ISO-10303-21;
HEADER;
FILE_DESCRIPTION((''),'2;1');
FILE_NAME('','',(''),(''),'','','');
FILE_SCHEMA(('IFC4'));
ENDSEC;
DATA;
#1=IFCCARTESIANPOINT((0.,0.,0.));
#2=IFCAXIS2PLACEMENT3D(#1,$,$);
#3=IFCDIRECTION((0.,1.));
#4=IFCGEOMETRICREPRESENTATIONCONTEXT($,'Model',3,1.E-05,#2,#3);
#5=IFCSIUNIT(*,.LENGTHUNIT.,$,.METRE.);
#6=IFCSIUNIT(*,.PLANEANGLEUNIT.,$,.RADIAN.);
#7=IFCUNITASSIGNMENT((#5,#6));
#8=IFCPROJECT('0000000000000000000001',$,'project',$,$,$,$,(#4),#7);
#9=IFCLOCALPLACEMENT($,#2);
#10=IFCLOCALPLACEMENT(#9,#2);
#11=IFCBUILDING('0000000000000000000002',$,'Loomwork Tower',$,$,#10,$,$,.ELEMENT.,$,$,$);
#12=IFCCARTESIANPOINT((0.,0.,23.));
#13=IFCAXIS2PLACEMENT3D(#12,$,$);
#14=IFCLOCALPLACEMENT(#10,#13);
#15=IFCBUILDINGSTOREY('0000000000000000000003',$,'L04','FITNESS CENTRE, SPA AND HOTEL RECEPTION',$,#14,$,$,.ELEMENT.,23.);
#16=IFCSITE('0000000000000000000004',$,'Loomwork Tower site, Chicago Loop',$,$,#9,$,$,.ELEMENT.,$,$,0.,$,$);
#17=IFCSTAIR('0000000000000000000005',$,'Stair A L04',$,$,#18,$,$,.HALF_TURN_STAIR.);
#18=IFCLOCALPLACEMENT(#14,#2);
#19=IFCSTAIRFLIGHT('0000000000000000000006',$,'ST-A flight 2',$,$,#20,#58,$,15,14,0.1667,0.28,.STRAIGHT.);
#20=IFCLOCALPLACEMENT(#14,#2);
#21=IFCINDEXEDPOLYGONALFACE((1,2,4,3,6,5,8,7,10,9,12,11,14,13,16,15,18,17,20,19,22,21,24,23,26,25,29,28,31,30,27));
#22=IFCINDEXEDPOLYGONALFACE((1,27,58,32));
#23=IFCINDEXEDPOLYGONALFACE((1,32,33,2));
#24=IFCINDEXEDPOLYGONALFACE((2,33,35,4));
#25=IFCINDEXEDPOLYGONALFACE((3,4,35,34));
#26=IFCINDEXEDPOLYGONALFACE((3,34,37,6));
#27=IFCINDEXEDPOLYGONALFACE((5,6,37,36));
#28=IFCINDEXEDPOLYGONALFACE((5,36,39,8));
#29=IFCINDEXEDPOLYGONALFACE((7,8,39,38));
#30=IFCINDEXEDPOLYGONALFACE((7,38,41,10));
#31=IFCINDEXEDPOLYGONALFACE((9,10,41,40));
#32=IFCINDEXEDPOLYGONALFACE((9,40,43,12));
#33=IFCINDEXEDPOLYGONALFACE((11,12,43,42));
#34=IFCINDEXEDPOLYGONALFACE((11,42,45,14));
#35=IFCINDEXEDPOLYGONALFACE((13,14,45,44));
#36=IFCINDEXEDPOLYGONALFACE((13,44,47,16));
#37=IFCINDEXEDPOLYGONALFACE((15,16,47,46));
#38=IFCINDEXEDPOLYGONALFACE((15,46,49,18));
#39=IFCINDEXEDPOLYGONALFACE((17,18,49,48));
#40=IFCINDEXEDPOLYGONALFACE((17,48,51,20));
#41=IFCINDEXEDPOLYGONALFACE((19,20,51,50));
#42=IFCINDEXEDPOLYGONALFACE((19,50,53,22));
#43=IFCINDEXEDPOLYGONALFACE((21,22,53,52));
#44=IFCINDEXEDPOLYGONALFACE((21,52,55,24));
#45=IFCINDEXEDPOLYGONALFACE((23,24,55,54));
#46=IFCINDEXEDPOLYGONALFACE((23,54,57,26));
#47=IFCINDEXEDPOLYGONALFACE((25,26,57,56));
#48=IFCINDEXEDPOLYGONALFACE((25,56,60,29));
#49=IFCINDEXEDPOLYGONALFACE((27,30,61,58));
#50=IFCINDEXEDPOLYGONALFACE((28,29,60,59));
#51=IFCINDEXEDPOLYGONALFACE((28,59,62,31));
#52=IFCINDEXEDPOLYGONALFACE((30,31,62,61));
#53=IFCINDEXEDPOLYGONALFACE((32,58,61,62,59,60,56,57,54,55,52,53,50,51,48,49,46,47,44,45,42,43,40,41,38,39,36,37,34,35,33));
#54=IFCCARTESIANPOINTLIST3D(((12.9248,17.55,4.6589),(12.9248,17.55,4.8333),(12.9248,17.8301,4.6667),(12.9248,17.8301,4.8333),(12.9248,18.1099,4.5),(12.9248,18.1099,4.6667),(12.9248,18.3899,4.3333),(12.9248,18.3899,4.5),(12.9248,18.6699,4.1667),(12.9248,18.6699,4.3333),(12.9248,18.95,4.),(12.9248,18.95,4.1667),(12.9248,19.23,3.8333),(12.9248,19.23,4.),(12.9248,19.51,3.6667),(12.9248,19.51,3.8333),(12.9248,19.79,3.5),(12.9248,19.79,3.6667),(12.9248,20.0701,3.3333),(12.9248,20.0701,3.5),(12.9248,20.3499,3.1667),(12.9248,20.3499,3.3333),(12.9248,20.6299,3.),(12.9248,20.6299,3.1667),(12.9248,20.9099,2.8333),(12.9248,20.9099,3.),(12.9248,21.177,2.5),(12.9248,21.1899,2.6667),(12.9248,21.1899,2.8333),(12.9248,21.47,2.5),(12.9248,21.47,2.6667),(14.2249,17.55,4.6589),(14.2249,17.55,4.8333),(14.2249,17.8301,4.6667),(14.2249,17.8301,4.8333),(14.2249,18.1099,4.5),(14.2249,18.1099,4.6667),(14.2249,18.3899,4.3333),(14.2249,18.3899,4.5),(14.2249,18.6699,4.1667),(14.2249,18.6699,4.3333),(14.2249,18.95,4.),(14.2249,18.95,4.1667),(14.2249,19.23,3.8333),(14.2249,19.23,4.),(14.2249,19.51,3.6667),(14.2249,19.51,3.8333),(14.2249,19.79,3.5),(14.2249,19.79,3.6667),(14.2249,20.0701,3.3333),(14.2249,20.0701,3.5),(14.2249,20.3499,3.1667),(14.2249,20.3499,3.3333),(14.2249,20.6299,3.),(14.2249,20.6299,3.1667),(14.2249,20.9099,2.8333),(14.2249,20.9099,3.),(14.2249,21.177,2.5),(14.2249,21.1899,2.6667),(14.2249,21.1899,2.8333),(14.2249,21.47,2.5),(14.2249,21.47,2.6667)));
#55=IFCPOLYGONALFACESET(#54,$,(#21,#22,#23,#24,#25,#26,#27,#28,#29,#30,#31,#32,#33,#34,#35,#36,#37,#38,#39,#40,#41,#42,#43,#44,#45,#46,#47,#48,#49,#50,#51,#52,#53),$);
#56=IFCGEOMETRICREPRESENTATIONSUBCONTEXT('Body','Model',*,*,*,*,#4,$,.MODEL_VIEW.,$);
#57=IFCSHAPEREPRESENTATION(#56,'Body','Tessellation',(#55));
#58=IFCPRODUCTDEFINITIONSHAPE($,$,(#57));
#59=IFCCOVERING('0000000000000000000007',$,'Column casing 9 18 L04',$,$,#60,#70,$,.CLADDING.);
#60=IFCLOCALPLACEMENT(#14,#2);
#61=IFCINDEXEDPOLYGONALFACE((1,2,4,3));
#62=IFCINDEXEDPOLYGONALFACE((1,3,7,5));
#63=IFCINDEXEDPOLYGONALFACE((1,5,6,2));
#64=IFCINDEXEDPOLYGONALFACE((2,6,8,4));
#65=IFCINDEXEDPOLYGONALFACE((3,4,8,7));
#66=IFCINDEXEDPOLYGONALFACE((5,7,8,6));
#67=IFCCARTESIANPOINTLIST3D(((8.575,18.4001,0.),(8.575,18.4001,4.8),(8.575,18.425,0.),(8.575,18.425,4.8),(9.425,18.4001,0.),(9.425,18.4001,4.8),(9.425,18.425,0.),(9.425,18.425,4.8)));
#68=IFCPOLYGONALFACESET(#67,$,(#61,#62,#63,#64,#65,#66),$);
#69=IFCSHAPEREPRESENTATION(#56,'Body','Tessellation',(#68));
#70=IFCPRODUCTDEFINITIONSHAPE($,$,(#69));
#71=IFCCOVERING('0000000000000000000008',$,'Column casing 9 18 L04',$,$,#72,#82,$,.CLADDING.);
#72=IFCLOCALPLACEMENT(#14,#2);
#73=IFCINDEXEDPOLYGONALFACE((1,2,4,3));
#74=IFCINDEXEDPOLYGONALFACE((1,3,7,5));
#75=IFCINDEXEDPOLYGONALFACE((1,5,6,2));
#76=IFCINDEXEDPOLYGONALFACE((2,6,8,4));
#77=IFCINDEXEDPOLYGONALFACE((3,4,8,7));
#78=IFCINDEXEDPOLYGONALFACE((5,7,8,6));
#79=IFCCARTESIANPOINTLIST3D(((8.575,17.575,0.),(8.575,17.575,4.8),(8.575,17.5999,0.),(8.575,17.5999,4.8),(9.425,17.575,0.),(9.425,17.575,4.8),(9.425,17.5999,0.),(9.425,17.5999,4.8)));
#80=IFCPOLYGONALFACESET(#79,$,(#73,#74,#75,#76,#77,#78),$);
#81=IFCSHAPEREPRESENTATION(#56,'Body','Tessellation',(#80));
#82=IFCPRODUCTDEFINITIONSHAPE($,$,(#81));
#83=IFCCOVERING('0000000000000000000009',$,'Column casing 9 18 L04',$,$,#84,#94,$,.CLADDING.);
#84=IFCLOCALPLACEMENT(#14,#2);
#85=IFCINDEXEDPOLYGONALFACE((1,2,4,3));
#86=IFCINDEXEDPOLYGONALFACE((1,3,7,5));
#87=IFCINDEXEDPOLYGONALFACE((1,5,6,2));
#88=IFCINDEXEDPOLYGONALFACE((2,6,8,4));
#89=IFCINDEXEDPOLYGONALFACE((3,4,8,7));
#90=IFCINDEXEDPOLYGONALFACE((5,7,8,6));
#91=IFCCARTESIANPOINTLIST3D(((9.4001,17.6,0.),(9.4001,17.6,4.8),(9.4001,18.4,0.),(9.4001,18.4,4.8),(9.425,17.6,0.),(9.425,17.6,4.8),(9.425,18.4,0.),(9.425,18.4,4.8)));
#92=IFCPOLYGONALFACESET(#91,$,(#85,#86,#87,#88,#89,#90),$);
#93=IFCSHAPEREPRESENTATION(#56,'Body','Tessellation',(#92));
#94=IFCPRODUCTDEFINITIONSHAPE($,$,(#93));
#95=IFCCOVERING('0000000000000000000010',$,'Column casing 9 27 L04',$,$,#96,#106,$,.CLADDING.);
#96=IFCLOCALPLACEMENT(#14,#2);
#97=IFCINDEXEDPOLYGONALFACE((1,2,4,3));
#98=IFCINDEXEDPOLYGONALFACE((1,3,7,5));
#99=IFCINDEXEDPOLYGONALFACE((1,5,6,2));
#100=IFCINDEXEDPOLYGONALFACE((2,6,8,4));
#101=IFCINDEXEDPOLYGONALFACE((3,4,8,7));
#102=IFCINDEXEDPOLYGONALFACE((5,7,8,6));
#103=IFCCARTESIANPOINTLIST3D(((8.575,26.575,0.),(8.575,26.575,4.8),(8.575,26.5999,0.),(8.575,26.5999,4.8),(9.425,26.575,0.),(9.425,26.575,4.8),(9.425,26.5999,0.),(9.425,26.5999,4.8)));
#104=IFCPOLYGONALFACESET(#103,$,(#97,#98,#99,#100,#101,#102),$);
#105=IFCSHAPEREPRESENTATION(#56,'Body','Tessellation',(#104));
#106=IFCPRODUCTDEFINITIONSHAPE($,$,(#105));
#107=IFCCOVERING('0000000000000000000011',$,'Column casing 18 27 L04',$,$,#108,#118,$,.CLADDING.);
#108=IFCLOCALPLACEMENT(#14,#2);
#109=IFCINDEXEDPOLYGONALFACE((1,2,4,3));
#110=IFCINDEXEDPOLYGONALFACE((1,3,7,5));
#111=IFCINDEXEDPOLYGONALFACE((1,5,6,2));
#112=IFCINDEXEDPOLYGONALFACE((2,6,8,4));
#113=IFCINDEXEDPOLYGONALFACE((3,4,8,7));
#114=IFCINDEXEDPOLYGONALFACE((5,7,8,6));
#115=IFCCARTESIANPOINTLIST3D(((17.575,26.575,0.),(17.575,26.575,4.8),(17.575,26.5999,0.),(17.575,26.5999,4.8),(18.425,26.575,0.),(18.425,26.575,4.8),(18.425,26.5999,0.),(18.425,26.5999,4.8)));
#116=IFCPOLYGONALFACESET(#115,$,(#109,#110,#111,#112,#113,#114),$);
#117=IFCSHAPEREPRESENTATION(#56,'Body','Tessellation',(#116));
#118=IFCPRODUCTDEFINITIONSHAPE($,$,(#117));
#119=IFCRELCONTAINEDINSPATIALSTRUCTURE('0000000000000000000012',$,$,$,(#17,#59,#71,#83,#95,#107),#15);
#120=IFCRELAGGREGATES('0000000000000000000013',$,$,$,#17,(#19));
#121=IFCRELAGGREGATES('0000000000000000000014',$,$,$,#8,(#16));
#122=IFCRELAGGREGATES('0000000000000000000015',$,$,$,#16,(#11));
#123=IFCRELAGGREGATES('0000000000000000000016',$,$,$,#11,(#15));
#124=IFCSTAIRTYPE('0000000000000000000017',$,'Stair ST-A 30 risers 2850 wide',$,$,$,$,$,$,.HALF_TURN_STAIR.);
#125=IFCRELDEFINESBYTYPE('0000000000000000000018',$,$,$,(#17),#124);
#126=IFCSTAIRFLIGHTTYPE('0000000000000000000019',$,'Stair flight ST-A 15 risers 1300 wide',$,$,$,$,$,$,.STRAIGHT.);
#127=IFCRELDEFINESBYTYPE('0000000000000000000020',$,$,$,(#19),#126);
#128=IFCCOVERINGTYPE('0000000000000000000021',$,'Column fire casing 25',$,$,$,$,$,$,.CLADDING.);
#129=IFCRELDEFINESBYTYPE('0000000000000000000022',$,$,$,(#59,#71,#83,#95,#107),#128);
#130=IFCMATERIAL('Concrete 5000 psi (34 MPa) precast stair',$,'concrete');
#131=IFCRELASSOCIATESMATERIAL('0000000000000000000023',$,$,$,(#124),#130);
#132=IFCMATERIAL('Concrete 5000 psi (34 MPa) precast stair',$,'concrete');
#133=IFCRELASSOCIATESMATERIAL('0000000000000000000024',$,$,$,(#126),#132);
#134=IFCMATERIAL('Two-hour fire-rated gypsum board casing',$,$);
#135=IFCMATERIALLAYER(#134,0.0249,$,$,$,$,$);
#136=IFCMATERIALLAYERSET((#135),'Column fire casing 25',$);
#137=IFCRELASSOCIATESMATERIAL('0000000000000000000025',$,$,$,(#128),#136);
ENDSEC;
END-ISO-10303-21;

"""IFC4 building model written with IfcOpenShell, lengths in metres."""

from ifc_helpers import new_model, si_unit, direction, frame, origin, origin_2d, place, context, subcontext, project, spatial, polyline, rectangle, outline, extrude, material, layer, layer_set, type_object, element, aggregate, save


model = new_model("IFC4")

# Units and contexts
model_context = context("Model", 3, precision=1e-05, world=origin(), true_north=direction((0.0, 1.0)))
body_context = subcontext(model_context, "Body", "Model", "MODEL_VIEW")
ifc_project = project(units=[si_unit("LENGTHUNIT", "METRE"), si_unit("PLANEANGLEUNIT", "RADIAN")], contexts=[model_context])

# Site, building, storey
site_placement = place(None, origin())
site = spatial("IfcSite", under=ifc_project, at=site_placement, Name="Loomwork Tower site, Chicago Loop", CompositionType="ELEMENT", RefElevation=0.0)
building_placement = place(site_placement, origin())
building = spatial("IfcBuilding", under=site, at=building_placement, Name="Loomwork Tower", CompositionType="ELEMENT")
storey_placement = place(building_placement, frame((0.0, 0.0, 23.0)))
storey = spatial("IfcBuildingStorey", under=building, at=storey_placement, Name="L04", Description="FITNESS CENTRE, SPA AND HOTEL RECEPTION", CompositionType="ELEMENT", Elevation=23.0)

# Stair, stair flight
ifc_material_1 = material(Name="Concrete 5000 psi (34 MPa) precast stair", Category="concrete")
stair_type = type_object("IfcStairType", Name="Stair ST-A 30 risers 2850 wide", PredefinedType="HALF_TURN_STAIR", material=ifc_material_1)
stair_placement = place(storey_placement, origin())
stair = element("IfcStair", 1, at=stair_placement, inside=storey, type_object=stair_type, Name="Stair A L04", PredefinedType="HALF_TURN_STAIR")
ifc_material_2 = material(Name="Concrete 5000 psi (34 MPa) precast stair", Category="concrete")
stair_flight_type = type_object("IfcStairFlightType", Name="Stair flight ST-A 15 risers 1300 wide", PredefinedType="STRAIGHT", material=ifc_material_2)
stair_flight_1_placement = place(storey_placement, frame((13.575, 21.47, 2.5), z_axis=(0.0, 0.0, 1.0), x_axis=(0.0, -1.0, 0.0)))
stair_flight_1 = element("IfcStairFlight", 2, at=stair_flight_1_placement, type_object=stair_flight_type, Name="ST-A flight 2", NumberOfRisers=15, NumberOfTreads=14, PredefinedType="STRAIGHT", RiserHeight=0.1667, TreadLength=0.28, context=body_context, shape_type="SweptSolid", body=[
    extrude(outline(polyline([(0.0, 0.0), (0.0, 0.1667), (0.28, 0.1667), (0.28, 0.3333), (0.5601, 0.3333), (0.5601, 0.5), (0.8401, 0.5), (0.8401, 0.6667), (1.1201, 0.6667), (1.1201, 0.8333), (1.3999, 0.8333), (1.3999, 1.0), (1.6799, 1.0), (1.6799, 1.1667), (1.96, 1.1667), (1.96, 1.3333), (2.24, 1.3333), (2.24, 1.5), (2.52, 1.5), (2.52, 1.6667), (2.8, 1.6667), (2.8, 1.8333), (3.0801, 1.8333), (3.0801, 2.0), (3.3601, 2.0), (3.3601, 2.1667), (3.6399, 2.1667), (3.6399, 2.3333), (3.9199, 2.3333), (3.9199, 2.5), (3.9199, 2.1589), (0.293, 0.0), (0.0, 0.0)])), frame((0.0, 0.6499, 0.0), z_axis=(0.0, -1.0, 0.0), x_axis=(1.0, 0.0, 0.0)), (0.0, 0.0, 1.0), 1.3),
])
aggregate(stair, [stair_flight_1])

# Coverings
ifc_material_3 = material(Name="Two-hour fire-rated gypsum board casing")
ifc_layer_1 = layer(ifc_material_3, 0.0249)
ifc_layer_set_1 = layer_set([ifc_layer_1], Name="Column fire casing 25")
covering_type = type_object("IfcCoveringType", Name="Column fire casing 25", PredefinedType="CLADDING", material=ifc_layer_set_1)
for number, where, z_axis, x_axis, name in (
    (3, (9.0, 18.4126, 0.0), (0.0, 0.0, 1.0), (1.0, 0.0, 0.0), "Column casing 9 18 L04"),
    (4, (9.0, 17.5874, 0.0), (0.0, 0.0, 1.0), (1.0, 0.0, 0.0), "Column casing 9 18 L04"),
):
    element("IfcCovering", number, at=place(storey_placement, frame(where, z_axis=z_axis, x_axis=x_axis)), inside=storey, type_object=covering_type, Name=name, PredefinedType="CLADDING", context=body_context, shape_type="SweptSolid", body=[
        extrude(rectangle(XDim=0.8501, YDim=0.0249, at=origin_2d()), origin(), (0.0, 0.0, 1.0), 4.8),
    ])
covering_placement = place(storey_placement, frame((9.4126, 18.0, 0.0), z_axis=(0.0, 0.0, 1.0), x_axis=(1.0, 0.0, 0.0)))
element("IfcCovering", 5, at=covering_placement, inside=storey, type_object=covering_type, Name="Column casing 9 18 L04", PredefinedType="CLADDING", context=body_context, shape_type="SweptSolid", body=[
    extrude(rectangle(XDim=0.0249, YDim=0.8, at=origin_2d()), origin(), (0.0, 0.0, 1.0), 4.8),
])
for number, where, z_axis, x_axis, name in (
    (6, (9.0, 26.5874, 0.0), (0.0, 0.0, 1.0), (1.0, 0.0, 0.0), "Column casing 9 27 L04"),
    (7, (18.0, 26.5874, 0.0), (0.0, 0.0, 1.0), (1.0, 0.0, 0.0), "Column casing 18 27 L04"),
):
    element("IfcCovering", number, at=place(storey_placement, frame(where, z_axis=z_axis, x_axis=x_axis)), inside=storey, type_object=covering_type, Name=name, PredefinedType="CLADDING", context=body_context, shape_type="SweptSolid", body=[
        extrude(rectangle(XDim=0.8501, YDim=0.0249, at=origin_2d()), origin(), (0.0, 0.0, 1.0), 4.8),
    ])

save(model, "model.ifc")
